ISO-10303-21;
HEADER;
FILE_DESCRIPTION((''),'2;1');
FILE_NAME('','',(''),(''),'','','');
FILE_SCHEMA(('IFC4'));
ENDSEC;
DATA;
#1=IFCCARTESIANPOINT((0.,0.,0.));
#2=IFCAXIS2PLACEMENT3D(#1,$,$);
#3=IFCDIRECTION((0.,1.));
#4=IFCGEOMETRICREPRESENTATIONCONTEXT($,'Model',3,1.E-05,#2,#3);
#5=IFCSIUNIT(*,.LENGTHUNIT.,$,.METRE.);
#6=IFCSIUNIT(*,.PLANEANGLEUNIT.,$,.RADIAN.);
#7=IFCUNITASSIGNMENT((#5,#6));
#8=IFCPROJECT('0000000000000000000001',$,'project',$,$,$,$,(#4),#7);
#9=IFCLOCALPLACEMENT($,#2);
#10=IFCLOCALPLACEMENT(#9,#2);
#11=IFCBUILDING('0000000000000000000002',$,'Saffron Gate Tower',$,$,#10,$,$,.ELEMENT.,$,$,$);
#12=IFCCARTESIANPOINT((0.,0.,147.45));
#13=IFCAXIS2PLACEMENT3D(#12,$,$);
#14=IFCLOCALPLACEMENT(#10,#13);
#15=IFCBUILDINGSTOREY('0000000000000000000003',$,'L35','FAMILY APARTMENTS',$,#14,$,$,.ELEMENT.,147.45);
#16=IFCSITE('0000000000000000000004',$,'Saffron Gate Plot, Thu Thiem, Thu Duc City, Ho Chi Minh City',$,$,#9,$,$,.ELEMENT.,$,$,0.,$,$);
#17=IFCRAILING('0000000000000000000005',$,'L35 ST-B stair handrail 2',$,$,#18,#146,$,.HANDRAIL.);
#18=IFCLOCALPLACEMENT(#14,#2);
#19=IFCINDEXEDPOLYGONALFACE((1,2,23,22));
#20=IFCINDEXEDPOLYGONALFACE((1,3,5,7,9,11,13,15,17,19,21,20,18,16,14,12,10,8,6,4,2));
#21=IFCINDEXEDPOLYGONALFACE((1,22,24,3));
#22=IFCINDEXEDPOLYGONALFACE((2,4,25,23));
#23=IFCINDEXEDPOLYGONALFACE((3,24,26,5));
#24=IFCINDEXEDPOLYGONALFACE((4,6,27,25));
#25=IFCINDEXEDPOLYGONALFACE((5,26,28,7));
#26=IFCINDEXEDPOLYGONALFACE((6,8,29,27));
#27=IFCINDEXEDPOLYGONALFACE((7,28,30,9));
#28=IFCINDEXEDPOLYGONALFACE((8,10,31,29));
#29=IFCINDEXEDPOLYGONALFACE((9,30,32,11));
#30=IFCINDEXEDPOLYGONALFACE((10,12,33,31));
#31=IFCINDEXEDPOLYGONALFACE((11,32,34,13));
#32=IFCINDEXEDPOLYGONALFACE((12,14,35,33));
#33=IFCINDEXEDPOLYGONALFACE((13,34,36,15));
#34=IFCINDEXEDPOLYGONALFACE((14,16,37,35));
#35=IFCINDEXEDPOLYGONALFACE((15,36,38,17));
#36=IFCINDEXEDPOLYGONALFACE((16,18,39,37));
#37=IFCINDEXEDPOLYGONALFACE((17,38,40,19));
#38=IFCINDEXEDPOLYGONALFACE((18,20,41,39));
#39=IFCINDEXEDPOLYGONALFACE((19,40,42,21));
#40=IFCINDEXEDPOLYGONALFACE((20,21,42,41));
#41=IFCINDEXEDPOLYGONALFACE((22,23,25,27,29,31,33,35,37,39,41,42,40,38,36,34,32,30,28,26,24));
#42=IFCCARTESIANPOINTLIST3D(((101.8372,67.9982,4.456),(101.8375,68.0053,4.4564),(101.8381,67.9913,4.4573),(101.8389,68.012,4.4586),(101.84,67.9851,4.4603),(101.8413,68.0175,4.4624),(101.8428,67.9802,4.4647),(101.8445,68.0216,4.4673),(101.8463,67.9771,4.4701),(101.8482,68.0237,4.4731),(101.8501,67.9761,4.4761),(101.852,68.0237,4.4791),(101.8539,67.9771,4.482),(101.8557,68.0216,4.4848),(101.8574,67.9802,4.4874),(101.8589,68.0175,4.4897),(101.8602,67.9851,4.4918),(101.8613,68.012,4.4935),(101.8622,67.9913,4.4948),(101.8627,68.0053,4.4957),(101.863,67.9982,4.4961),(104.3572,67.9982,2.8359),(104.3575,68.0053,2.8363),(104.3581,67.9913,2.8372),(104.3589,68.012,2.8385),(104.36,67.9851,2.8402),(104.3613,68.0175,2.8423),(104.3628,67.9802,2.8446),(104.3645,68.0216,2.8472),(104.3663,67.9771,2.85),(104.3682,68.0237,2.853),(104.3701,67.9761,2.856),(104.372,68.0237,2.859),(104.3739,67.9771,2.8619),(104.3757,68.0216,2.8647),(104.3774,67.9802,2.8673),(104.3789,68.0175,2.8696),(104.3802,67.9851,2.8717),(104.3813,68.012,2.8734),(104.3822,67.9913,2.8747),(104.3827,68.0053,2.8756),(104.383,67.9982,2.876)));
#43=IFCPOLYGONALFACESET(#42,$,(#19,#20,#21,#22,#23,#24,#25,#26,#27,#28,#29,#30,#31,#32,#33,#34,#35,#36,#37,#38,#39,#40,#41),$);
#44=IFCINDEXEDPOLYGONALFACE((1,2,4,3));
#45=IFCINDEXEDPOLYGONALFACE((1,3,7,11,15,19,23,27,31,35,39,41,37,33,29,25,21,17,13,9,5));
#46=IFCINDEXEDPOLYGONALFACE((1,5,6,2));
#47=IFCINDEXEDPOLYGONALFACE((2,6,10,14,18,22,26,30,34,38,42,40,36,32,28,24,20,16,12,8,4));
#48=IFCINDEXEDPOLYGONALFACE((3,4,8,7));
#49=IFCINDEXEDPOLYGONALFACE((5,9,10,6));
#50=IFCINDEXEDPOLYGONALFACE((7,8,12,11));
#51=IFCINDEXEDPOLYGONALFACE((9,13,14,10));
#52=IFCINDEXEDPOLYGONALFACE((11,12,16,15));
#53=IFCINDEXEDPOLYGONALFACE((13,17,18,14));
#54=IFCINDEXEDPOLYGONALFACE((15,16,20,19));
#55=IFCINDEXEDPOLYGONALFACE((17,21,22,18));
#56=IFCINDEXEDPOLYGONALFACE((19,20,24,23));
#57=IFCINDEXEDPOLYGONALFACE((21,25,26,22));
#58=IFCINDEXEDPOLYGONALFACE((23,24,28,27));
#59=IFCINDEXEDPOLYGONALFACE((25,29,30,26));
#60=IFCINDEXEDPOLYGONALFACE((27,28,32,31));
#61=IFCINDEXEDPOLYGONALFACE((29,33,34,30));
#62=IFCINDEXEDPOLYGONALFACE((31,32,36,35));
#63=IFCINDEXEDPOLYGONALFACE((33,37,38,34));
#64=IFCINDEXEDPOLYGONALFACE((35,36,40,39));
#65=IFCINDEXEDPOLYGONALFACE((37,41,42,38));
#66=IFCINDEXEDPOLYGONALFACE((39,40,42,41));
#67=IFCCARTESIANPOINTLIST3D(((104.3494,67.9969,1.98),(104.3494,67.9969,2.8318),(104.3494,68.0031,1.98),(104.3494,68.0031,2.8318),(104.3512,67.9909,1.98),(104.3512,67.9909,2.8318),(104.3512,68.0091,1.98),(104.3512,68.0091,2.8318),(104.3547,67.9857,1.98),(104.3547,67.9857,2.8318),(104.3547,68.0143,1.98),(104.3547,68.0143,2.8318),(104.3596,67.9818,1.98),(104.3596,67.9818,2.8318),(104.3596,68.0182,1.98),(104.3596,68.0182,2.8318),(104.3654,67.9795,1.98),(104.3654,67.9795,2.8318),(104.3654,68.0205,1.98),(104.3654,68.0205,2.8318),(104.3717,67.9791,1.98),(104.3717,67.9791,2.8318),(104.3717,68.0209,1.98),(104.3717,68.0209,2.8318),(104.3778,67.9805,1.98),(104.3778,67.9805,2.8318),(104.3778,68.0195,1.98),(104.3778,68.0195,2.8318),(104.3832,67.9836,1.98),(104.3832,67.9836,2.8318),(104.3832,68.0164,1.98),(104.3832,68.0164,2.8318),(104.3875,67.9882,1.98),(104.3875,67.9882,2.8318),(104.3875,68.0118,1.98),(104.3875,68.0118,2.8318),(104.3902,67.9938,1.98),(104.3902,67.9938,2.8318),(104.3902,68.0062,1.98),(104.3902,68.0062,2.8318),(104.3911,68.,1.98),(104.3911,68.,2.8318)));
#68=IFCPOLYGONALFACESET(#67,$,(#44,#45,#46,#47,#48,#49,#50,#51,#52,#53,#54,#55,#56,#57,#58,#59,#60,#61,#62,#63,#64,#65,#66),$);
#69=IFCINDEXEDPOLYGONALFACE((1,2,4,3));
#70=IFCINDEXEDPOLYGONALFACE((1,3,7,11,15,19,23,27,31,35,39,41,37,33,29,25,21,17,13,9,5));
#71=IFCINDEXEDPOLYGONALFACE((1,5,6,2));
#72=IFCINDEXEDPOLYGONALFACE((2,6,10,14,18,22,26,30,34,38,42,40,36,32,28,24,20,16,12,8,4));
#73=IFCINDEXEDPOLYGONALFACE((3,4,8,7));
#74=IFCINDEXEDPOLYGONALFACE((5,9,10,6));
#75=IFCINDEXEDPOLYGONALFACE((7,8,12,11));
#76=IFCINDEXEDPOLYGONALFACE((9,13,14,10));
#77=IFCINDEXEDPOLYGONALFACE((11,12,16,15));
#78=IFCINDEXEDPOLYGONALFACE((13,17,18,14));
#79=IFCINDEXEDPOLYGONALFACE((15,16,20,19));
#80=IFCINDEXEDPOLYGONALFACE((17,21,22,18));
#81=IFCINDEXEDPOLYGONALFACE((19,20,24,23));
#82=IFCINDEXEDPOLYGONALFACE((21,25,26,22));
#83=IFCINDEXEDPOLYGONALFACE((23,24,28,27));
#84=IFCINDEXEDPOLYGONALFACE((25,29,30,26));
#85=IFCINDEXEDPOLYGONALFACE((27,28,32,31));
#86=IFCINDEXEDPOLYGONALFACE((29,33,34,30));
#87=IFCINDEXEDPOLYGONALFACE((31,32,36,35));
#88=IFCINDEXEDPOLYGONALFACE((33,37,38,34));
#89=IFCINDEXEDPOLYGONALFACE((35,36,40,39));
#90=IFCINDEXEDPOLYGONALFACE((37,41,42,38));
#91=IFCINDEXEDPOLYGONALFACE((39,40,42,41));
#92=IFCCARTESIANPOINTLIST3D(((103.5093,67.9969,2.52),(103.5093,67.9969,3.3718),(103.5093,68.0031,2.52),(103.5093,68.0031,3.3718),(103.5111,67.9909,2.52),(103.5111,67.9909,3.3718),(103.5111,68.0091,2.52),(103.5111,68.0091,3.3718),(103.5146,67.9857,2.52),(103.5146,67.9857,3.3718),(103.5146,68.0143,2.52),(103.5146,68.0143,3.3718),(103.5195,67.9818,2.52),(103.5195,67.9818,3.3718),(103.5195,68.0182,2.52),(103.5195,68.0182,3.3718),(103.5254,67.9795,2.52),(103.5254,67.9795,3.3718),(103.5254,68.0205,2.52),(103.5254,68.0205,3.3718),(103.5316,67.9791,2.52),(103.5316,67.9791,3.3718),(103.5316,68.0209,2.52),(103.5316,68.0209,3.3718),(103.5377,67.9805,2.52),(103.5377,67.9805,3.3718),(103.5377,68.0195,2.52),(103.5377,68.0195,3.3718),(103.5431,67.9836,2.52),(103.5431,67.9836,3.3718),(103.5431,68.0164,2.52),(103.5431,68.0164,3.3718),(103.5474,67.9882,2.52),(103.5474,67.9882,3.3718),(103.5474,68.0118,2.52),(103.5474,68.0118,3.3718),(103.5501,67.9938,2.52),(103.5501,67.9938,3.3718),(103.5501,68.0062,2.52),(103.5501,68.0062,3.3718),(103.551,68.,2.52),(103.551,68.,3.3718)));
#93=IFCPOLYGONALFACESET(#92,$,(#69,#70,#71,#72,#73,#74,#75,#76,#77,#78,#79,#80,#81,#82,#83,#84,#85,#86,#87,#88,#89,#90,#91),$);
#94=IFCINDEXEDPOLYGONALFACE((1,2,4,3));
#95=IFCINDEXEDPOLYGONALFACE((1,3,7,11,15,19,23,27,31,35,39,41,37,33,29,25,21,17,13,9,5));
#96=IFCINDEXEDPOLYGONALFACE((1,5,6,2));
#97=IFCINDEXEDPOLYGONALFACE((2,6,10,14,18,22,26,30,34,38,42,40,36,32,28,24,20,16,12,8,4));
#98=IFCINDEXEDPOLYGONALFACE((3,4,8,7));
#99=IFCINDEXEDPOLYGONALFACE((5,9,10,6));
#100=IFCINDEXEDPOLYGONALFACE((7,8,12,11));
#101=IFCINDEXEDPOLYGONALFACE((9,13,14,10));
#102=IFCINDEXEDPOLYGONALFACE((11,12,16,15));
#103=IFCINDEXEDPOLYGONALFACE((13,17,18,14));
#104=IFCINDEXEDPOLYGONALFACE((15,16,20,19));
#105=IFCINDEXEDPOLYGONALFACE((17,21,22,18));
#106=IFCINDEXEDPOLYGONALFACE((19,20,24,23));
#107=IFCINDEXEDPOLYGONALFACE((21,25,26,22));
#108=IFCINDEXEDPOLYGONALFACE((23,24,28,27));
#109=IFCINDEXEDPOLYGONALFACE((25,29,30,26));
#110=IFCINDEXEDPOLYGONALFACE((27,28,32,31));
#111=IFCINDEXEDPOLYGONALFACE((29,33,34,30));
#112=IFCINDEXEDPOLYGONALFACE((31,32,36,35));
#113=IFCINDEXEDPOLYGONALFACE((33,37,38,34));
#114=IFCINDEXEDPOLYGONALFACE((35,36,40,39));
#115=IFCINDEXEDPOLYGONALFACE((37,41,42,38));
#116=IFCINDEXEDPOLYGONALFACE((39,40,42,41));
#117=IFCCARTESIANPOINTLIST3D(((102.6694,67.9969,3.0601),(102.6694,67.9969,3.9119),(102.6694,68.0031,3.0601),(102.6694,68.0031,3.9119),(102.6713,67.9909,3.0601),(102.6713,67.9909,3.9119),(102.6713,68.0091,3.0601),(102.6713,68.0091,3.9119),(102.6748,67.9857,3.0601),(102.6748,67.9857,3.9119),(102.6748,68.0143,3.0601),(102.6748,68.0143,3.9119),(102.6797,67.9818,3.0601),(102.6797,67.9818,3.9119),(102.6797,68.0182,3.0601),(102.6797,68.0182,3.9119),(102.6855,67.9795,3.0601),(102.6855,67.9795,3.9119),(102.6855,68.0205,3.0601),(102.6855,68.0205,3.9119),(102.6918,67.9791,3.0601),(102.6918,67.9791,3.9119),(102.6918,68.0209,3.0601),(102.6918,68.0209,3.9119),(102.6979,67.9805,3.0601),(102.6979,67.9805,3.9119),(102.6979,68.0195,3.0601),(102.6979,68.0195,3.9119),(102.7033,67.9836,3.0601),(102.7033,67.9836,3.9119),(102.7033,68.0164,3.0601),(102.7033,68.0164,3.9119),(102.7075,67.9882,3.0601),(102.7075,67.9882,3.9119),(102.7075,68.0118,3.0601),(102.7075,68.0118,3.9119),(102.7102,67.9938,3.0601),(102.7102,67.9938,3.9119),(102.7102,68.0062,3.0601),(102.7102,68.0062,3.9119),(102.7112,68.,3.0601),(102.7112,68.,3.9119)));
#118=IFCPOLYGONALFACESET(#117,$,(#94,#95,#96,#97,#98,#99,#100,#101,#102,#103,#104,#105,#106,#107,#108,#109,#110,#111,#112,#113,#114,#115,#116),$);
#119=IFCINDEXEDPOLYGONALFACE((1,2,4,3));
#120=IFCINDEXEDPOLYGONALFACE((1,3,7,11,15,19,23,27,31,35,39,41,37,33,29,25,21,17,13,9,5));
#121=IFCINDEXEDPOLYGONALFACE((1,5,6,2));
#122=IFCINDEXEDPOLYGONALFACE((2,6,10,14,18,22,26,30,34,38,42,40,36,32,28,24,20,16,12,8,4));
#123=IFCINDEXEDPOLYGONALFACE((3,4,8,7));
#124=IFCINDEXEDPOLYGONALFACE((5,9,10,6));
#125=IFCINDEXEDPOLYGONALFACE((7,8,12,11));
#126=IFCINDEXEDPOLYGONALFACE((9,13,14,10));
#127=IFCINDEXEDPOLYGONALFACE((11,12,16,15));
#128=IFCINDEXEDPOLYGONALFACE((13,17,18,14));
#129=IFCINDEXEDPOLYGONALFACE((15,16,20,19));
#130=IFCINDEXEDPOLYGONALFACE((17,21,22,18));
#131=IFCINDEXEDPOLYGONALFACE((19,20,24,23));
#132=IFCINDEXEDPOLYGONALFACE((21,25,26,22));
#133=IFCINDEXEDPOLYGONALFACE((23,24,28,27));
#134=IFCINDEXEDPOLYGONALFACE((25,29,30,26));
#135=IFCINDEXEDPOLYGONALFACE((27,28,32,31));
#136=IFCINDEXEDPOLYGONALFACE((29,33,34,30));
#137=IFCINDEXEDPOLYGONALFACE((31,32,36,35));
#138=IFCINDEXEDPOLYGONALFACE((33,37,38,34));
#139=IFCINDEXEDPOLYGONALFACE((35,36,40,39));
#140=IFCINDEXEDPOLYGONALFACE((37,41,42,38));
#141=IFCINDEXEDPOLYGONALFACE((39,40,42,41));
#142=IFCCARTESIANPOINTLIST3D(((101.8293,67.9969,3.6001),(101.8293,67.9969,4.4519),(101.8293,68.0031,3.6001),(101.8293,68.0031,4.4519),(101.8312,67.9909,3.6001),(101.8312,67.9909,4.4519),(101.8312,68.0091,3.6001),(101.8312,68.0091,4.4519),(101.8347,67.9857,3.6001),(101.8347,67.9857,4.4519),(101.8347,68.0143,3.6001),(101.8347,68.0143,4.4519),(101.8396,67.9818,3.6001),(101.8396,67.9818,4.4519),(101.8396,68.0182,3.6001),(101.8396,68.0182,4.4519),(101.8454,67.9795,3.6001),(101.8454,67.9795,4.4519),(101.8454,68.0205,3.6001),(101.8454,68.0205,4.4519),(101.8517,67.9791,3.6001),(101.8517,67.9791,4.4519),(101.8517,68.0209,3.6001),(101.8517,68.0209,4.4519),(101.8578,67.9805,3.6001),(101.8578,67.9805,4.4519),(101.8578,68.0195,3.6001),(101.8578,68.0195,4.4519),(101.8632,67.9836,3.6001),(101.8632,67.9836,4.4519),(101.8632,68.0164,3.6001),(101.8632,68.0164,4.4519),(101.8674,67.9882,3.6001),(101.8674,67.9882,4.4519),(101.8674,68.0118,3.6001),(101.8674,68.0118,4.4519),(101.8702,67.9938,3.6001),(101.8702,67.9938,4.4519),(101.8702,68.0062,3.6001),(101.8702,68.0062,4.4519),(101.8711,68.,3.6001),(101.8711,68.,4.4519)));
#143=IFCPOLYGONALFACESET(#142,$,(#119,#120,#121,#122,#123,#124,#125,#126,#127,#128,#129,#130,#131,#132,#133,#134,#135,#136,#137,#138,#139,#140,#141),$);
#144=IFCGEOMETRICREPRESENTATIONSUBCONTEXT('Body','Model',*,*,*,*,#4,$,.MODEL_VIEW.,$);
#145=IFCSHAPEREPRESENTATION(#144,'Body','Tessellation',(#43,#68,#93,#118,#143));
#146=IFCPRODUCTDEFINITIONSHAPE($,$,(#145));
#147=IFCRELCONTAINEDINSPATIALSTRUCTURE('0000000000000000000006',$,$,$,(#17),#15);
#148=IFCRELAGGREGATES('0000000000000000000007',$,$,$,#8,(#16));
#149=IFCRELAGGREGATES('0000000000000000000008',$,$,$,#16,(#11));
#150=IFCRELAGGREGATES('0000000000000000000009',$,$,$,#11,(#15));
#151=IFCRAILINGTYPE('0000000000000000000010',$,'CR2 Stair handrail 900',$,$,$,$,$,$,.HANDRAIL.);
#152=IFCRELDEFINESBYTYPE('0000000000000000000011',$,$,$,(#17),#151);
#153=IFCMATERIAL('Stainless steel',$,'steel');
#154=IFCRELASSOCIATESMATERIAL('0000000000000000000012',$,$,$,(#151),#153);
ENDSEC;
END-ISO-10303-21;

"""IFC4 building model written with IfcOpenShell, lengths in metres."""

from ifc_helpers import new_model, si_unit, direction, frame, origin, origin_2d, place, context, subcontext, project, spatial, circle, extrude, material, type_object, element, save


model = new_model("IFC4")

# Units and contexts
model_context = context("Model", 3, precision=1e-05, world=origin(), true_north=direction((0.0, 1.0)))
body_context = subcontext(model_context, "Body", "Model", "MODEL_VIEW")
ifc_project = project(units=[si_unit("LENGTHUNIT", "METRE"), si_unit("PLANEANGLEUNIT", "RADIAN")], contexts=[model_context])

# Site, building, storey
site_placement = place(None, origin())
site = spatial("IfcSite", under=ifc_project, at=site_placement, Name="Saffron Gate Plot, Thu Thiem, Thu Duc City, Ho Chi Minh City", CompositionType="ELEMENT", RefElevation=0.0)
building_placement = place(site_placement, origin())
building = spatial("IfcBuilding", under=site, at=building_placement, Name="Saffron Gate Tower", CompositionType="ELEMENT")
storey_placement = place(building_placement, frame((0.0, 0.0, 147.45)))
storey = spatial("IfcBuildingStorey", under=building, at=storey_placement, Name="L35", Description="FAMILY APARTMENTS", CompositionType="ELEMENT", Elevation=147.45)

# Railing
ifc_material_1 = material(Name="Stainless steel", Category="steel")
railing_type_1 = type_object("IfcRailingType", Name="CR2 Stair handrail 900", PredefinedType="HANDRAIL", material=ifc_material_1)
railing_1_placement = place(storey_placement, frame((104.3701, 68.0, 1.98)))
element("IfcRailing", 1, at=railing_1_placement, inside=storey, type_object=railing_type_1, Name="L35 ST-B stair handrail 2", PredefinedType="HANDRAIL", context=body_context, shape_type="SweptSolid", body=[
    extrude(circle(Radius=0.0239, at=origin_2d()), frame((0.0, 0.0, 0.876), z_axis=(-0.841163, 0.0, 0.540782), x_axis=(0.0, -1.0, 0.0)), (0.0, 0.0, 1.0), 2.9958),
    extrude(circle(Radius=0.021, at=origin_2d()), origin(), (0.0, 0.0, 1.0), 0.8518),
    extrude(circle(Radius=0.021, at=origin_2d()), frame((-0.8401, 0.0, 0.54)), (0.0, 0.0, 1.0), 0.8518),
    extrude(circle(Radius=0.021, at=origin_2d()), frame((-1.6799, 0.0, 1.0801)), (0.0, 0.0, 1.0), 0.8518),
    extrude(circle(Radius=0.021, at=origin_2d()), frame((-2.52, 0.0, 1.6201)), (0.0, 0.0, 1.0), 0.8518),
])

save(model, "model.ifc")
